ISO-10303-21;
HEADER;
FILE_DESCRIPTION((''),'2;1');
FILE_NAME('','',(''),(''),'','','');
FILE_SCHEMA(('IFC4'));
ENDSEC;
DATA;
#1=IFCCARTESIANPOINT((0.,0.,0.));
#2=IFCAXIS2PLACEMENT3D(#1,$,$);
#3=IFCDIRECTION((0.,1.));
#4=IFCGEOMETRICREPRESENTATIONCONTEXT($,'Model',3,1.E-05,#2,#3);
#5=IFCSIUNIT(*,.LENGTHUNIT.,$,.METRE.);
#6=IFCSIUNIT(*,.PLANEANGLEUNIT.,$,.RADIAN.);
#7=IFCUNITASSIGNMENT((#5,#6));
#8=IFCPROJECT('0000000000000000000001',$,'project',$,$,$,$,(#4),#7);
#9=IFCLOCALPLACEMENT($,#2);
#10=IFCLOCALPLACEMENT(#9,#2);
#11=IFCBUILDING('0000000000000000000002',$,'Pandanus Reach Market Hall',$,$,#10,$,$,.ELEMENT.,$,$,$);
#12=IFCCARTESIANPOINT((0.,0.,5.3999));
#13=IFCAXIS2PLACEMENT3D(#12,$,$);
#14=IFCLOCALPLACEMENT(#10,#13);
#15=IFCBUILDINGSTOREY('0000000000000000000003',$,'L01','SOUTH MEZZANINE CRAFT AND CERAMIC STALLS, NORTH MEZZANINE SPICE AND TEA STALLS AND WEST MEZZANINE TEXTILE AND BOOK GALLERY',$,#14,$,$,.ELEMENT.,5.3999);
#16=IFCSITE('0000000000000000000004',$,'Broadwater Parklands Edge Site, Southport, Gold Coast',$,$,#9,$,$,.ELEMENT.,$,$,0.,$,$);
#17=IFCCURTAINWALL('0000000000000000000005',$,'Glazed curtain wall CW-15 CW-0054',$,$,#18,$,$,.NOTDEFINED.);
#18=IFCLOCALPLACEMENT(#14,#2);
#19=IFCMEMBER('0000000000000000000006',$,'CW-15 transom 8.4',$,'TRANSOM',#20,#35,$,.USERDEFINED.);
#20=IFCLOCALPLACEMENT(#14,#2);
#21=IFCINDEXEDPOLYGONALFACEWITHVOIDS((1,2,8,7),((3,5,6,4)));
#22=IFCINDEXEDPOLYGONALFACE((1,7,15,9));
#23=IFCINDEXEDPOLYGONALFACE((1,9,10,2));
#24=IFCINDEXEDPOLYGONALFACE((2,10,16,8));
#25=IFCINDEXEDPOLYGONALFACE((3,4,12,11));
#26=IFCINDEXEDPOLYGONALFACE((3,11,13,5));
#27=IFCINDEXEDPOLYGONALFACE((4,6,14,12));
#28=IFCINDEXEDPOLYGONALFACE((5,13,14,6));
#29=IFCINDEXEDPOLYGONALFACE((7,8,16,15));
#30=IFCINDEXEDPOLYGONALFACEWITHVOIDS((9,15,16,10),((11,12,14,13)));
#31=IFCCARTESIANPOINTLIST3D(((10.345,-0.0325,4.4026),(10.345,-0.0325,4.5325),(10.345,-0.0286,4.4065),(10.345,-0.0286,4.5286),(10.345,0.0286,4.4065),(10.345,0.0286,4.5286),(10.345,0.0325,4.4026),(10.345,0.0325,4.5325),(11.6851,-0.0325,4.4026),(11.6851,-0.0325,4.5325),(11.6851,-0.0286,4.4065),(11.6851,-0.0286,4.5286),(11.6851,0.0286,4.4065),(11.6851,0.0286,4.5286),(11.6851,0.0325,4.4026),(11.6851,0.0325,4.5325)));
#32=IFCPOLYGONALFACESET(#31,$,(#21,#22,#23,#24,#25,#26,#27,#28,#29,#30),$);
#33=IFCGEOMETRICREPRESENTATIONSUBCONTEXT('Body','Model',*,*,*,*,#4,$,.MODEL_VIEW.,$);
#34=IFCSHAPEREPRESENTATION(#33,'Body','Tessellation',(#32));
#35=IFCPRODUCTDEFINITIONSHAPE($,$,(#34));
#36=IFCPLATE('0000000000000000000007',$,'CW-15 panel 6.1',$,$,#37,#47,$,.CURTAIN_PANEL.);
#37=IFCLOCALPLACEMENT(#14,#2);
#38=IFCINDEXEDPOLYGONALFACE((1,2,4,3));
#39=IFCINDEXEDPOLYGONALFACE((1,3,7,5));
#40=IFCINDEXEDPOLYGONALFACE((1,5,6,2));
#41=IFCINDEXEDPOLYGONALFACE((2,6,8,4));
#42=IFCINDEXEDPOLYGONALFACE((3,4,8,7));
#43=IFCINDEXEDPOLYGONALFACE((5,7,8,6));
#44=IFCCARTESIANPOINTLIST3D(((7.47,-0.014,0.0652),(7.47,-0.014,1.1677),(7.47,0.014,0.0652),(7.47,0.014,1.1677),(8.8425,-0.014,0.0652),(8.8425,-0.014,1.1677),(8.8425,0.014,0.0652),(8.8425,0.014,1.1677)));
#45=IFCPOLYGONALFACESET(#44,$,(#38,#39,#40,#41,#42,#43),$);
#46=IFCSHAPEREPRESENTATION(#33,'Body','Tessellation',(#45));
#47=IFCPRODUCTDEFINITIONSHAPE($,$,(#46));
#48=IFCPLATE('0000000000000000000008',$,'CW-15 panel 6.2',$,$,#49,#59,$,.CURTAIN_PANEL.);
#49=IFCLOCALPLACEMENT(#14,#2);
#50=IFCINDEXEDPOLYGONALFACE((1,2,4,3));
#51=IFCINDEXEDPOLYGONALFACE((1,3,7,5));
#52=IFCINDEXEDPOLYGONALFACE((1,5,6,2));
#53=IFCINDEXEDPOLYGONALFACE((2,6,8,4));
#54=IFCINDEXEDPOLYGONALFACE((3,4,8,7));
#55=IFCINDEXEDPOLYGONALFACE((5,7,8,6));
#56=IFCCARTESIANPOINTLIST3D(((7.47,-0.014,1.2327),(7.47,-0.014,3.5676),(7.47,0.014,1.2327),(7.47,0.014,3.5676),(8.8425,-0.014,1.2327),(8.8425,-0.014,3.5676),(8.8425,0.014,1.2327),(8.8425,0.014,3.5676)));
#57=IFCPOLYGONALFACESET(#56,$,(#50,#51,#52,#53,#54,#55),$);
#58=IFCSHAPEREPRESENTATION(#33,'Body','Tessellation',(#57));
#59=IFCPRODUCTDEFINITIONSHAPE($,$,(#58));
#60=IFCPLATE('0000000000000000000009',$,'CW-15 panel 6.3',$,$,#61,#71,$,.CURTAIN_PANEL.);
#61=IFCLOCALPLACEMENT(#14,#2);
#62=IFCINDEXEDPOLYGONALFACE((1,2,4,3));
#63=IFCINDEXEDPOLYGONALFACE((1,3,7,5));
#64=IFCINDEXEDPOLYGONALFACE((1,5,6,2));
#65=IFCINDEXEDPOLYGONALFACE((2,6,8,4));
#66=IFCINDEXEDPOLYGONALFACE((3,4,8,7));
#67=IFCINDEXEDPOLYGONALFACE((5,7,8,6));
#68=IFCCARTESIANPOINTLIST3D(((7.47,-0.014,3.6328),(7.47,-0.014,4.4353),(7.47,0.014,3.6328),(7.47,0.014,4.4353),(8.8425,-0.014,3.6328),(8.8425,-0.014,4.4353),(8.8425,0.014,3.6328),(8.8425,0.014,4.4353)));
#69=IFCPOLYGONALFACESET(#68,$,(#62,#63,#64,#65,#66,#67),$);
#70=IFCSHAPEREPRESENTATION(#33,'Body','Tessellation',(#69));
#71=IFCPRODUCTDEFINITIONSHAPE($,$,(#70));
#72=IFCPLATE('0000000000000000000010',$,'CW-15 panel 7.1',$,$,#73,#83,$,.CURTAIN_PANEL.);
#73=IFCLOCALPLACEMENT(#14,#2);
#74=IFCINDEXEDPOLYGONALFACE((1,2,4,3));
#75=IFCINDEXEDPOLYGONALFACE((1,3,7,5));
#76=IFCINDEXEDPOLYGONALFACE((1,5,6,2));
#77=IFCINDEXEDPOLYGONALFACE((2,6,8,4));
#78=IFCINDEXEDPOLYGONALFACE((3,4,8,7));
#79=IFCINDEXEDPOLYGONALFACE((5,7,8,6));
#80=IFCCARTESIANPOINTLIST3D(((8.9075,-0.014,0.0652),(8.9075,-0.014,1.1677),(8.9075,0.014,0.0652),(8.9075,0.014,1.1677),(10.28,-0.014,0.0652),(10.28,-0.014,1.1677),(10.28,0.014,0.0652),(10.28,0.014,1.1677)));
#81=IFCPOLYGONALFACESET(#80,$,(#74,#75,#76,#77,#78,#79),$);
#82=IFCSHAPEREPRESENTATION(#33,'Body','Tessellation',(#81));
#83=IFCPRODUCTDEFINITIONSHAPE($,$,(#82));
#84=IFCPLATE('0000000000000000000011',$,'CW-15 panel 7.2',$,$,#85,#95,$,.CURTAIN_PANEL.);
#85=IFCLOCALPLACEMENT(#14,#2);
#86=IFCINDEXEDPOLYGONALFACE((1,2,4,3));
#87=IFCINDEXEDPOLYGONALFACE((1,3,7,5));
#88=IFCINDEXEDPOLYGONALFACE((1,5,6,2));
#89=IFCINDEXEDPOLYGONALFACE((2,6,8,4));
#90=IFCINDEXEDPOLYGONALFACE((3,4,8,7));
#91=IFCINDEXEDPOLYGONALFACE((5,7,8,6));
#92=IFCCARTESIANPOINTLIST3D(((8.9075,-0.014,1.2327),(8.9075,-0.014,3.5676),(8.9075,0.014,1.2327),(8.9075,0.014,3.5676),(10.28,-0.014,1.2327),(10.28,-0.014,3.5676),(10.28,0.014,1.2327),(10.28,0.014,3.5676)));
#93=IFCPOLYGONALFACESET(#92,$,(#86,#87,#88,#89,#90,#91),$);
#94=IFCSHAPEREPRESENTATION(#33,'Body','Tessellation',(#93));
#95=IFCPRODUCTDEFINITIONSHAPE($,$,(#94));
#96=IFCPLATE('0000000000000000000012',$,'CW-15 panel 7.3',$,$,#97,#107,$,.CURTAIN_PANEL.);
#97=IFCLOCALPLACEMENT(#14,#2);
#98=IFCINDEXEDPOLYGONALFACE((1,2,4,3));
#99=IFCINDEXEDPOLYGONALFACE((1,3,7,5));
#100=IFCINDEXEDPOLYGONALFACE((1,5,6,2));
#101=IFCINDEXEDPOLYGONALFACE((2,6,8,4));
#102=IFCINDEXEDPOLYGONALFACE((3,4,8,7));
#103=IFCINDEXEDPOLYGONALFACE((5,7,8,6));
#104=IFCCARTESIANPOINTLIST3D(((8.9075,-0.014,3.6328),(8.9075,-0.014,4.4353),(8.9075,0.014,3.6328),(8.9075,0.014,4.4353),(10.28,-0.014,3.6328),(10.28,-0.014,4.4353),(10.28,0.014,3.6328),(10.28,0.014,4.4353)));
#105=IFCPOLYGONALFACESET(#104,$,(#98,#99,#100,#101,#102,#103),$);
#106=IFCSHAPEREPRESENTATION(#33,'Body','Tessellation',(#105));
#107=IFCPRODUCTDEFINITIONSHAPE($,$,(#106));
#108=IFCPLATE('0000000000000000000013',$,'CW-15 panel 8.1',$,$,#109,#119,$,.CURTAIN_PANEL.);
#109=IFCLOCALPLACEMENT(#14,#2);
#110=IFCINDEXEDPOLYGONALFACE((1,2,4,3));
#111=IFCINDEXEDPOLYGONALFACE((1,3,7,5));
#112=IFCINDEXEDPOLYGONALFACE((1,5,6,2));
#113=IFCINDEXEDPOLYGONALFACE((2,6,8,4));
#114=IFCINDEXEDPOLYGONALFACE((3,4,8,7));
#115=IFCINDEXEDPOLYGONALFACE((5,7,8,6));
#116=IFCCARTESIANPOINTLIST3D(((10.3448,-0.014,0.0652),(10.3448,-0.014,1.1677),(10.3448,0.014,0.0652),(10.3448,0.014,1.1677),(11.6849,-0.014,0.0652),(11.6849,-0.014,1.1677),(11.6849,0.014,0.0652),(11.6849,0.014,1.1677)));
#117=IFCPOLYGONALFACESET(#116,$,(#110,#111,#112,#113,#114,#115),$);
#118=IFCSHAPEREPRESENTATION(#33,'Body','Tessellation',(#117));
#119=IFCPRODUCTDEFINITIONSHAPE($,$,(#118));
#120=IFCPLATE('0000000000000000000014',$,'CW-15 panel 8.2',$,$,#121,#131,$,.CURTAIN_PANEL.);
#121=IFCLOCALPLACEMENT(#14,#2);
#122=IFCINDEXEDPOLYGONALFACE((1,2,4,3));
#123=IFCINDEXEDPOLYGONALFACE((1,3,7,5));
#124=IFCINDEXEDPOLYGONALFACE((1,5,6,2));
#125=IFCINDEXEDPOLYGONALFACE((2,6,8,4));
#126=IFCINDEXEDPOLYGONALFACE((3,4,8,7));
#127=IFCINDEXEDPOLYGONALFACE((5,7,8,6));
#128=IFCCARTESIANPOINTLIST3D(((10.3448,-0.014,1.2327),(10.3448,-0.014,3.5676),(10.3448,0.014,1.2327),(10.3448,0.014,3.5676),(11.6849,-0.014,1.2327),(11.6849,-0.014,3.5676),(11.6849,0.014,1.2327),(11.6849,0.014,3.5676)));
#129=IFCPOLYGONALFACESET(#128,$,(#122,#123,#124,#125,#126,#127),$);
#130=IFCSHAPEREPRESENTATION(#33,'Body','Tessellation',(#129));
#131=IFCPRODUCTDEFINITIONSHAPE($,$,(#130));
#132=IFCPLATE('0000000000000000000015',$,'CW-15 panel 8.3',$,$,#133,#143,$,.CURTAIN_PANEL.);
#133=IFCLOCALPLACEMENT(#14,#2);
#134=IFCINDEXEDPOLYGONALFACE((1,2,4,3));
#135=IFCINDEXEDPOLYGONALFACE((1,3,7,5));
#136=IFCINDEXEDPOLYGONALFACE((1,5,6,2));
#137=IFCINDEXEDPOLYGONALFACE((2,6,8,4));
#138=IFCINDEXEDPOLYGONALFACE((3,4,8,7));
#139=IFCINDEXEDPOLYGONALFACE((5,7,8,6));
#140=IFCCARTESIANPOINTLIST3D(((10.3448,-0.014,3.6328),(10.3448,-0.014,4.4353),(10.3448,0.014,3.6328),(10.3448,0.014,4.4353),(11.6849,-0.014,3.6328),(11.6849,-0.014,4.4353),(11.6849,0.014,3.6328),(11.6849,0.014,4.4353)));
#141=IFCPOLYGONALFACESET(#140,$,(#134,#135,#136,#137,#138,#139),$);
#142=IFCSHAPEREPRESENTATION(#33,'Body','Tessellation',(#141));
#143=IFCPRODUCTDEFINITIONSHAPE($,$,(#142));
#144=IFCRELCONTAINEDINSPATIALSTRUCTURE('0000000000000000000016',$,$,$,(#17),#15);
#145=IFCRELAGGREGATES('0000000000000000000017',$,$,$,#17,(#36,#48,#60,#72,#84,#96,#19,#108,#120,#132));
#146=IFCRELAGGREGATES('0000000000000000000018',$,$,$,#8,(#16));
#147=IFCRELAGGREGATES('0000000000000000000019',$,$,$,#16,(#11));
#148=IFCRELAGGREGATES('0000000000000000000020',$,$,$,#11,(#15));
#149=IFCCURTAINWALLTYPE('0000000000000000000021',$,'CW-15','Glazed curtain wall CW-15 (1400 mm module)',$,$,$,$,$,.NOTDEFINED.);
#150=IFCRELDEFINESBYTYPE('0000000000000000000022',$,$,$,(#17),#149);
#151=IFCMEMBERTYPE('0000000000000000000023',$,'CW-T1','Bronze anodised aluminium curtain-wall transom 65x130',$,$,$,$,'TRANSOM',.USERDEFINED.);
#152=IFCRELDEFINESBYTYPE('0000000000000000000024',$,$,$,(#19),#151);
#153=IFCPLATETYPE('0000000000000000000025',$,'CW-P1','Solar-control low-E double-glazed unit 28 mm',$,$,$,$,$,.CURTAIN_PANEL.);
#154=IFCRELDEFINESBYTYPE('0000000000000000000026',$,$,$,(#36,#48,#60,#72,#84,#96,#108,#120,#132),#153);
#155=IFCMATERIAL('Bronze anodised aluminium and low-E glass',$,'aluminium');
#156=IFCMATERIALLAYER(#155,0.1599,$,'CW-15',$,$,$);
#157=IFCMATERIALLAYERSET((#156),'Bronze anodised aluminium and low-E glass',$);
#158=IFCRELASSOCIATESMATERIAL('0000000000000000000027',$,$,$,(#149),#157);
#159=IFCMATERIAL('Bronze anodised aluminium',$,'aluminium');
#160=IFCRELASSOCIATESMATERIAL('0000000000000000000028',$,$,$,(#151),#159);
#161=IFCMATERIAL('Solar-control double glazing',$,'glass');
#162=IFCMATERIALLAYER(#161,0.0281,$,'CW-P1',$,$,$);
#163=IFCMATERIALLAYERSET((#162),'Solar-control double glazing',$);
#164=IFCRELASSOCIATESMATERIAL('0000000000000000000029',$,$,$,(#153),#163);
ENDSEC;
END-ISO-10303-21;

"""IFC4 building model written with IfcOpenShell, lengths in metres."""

from ifc_helpers import new_model, si_unit, direction, frame, origin, origin_2d, place, context, subcontext, project, spatial, rectangle, hollow_rectangle, extrude, material, layer, layer_set, material_profile, profile_set, type_object, element, aggregate, save


model = new_model("IFC4")

# Units and contexts
model_context = context("Model", 3, precision=1e-05, world=origin(), true_north=direction((0.0, 1.0)))
body_context = subcontext(model_context, "Body", "Model", "MODEL_VIEW")
ifc_project = project(units=[si_unit("LENGTHUNIT", "METRE"), si_unit("PLANEANGLEUNIT", "RADIAN")], contexts=[model_context])

# Site, building, storey
site_placement = place(None, origin())
site = spatial("IfcSite", under=ifc_project, at=site_placement, Name="Broadwater Parklands Edge Site, Southport, Gold Coast", CompositionType="ELEMENT", RefElevation=0.0)
building_placement = place(site_placement, origin())
building = spatial("IfcBuilding", under=site, at=building_placement, Name="Pandanus Reach Market Hall", CompositionType="ELEMENT")
storey_placement = place(building_placement, frame((0.0, 0.0, 5.3999)))
storey = spatial("IfcBuildingStorey", under=building, at=storey_placement, Name="L01", Description="SOUTH MEZZANINE CRAFT AND CERAMIC STALLS, NORTH MEZZANINE SPICE AND TEA STALLS AND WEST MEZZANINE TEXTILE AND BOOK GALLERY", CompositionType="ELEMENT", Elevation=5.3999)

# Curtain wall, member, plates
ifc_material_1 = material(Name="Bronze anodised aluminium and low-E glass", Category="aluminium")
ifc_layer_1 = layer(ifc_material_1, 0.1599, Name="CW-15")
ifc_layer_set_1 = layer_set([ifc_layer_1], Name="Bronze anodised aluminium and low-E glass")
curtain_wall_type = type_object("IfcCurtainWallType", Name="CW-15", Description="Glazed curtain wall CW-15 (1400 mm module)", PredefinedType="NOTDEFINED", material=ifc_layer_set_1)
curtain_wall_placement = place(storey_placement, origin())
curtain_wall = element("IfcCurtainWall", 1, at=curtain_wall_placement, inside=storey, type_object=curtain_wall_type, Name="Glazed curtain wall CW-15 CW-0054", PredefinedType="NOTDEFINED")
ifc_material_2 = material(Name="Bronze anodised aluminium", Category="aluminium")
ifc_material_profile_1 = material_profile(ifc_material_2, hollow_rectangle(XDim=0.0649, YDim=0.1299, WallThickness=0.0039, at=origin_2d()), Name="ALU65x130", Category="LoadBearing")
ifc_profile_set_1 = profile_set([ifc_material_profile_1], Name="Bronze anodised aluminium")
member_type_1 = type_object("IfcMemberType", Name="CW-T1", Description="Bronze anodised aluminium curtain-wall transom 65x130", ElementType="TRANSOM", PredefinedType="USERDEFINED", material=ifc_profile_set_1)
member_1_placement = place(storey_placement, frame((10.345, 0.0, 4.4675), z_axis=(1.0, 0.0, 0.0), x_axis=(0.0, 1.0, 0.0)))
member_1 = element("IfcMember", 2, at=member_1_placement, type_object=member_type_1, Name="CW-15 transom 8.4", ObjectType="TRANSOM", PredefinedType="USERDEFINED", context=body_context, shape_type="SweptSolid", body=[
    extrude(hollow_rectangle(XDim=0.0649, YDim=0.1299, WallThickness=0.0039, at=origin_2d()), origin(), (0.0, 0.0, 1.0), 1.3401),
])
ifc_material_3 = material(Name="Solar-control double glazing", Category="glass")
ifc_layer_2 = layer(ifc_material_3, 0.0281, Name="CW-P1")
ifc_layer_set_2 = layer_set([ifc_layer_2], Name="Solar-control double glazing")
plate_type = type_object("IfcPlateType", Name="CW-P1", Description="Solar-control low-E double-glazed unit 28 mm", PredefinedType="CURTAIN_PANEL", material=ifc_layer_set_2)
plate_1_placement = place(storey_placement, frame((8.1562, 0.0, 0.0652), z_axis=(0.0, 0.0, 1.0), x_axis=(1.0, 0.0, 0.0)))
plate_1 = element("IfcPlate", 3, at=plate_1_placement, type_object=plate_type, Name="CW-15 panel 6.1", PredefinedType="CURTAIN_PANEL", context=body_context, shape_type="SweptSolid", body=[
    extrude(rectangle(XDim=1.3726, YDim=0.0281, at=origin_2d()), origin(), (0.0, 0.0, 1.0), 1.1025),
])
plate_2_placement = place(storey_placement, frame((8.1562, 0.0, 1.2327), z_axis=(0.0, 0.0, 1.0), x_axis=(1.0, 0.0, 0.0)))
plate_2 = element("IfcPlate", 4, at=plate_2_placement, type_object=plate_type, Name="CW-15 panel 6.2", PredefinedType="CURTAIN_PANEL", context=body_context, shape_type="SweptSolid", body=[
    extrude(rectangle(XDim=1.3726, YDim=0.0281, at=origin_2d()), origin(), (0.0, 0.0, 1.0), 2.335),
])
plate_3_placement = place(storey_placement, frame((8.1562, 0.0, 3.6328), z_axis=(0.0, 0.0, 1.0), x_axis=(1.0, 0.0, 0.0)))
plate_3 = element("IfcPlate", 5, at=plate_3_placement, type_object=plate_type, Name="CW-15 panel 6.3", PredefinedType="CURTAIN_PANEL", context=body_context, shape_type="SweptSolid", body=[
    extrude(rectangle(XDim=1.3726, YDim=0.0281, at=origin_2d()), origin(), (0.0, 0.0, 1.0), 0.8025),
])
plate_4_placement = place(storey_placement, frame((9.5938, 0.0, 0.0652), z_axis=(0.0, 0.0, 1.0), x_axis=(1.0, 0.0, 0.0)))
plate_4 = element("IfcPlate", 6, at=plate_4_placement, type_object=plate_type, Name="CW-15 panel 7.1", PredefinedType="CURTAIN_PANEL", context=body_context, shape_type="SweptSolid", body=[
    extrude(rectangle(XDim=1.3726, YDim=0.0281, at=origin_2d()), origin(), (0.0, 0.0, 1.0), 1.1025),
])
plate_5_placement = place(storey_placement, frame((9.5938, 0.0, 1.2327), z_axis=(0.0, 0.0, 1.0), x_axis=(1.0, 0.0, 0.0)))
plate_5 = element("IfcPlate", 7, at=plate_5_placement, type_object=plate_type, Name="CW-15 panel 7.2", PredefinedType="CURTAIN_PANEL", context=body_context, shape_type="SweptSolid", body=[
    extrude(rectangle(XDim=1.3726, YDim=0.0281, at=origin_2d()), origin(), (0.0, 0.0, 1.0), 2.335),
])
plate_6_placement = place(storey_placement, frame((9.5938, 0.0, 3.6328), z_axis=(0.0, 0.0, 1.0), x_axis=(1.0, 0.0, 0.0)))
plate_6 = element("IfcPlate", 8, at=plate_6_placement, type_object=plate_type, Name="CW-15 panel 7.3", PredefinedType="CURTAIN_PANEL", context=body_context, shape_type="SweptSolid", body=[
    extrude(rectangle(XDim=1.3726, YDim=0.0281, at=origin_2d()), origin(), (0.0, 0.0, 1.0), 0.8025),
])
plate_7_placement = place(storey_placement, frame((11.0149, 0.0, 0.0652), z_axis=(0.0, 0.0, 1.0), x_axis=(1.0, 0.0, 0.0)))
plate_7 = element("IfcPlate", 9, at=plate_7_placement, type_object=plate_type, Name="CW-15 panel 8.1", PredefinedType="CURTAIN_PANEL", context=body_context, shape_type="SweptSolid", body=[
    extrude(rectangle(XDim=1.3401, YDim=0.0281, at=origin_2d()), origin(), (0.0, 0.0, 1.0), 1.1025),
])
plate_8_placement = place(storey_placement, frame((11.0149, 0.0, 1.2327), z_axis=(0.0, 0.0, 1.0), x_axis=(1.0, 0.0, 0.0)))
plate_8 = element("IfcPlate", 10, at=plate_8_placement, type_object=plate_type, Name="CW-15 panel 8.2", PredefinedType="CURTAIN_PANEL", context=body_context, shape_type="SweptSolid", body=[
    extrude(rectangle(XDim=1.3401, YDim=0.0281, at=origin_2d()), origin(), (0.0, 0.0, 1.0), 2.335),
])
plate_9_placement = place(storey_placement, frame((11.0149, 0.0, 3.6328), z_axis=(0.0, 0.0, 1.0), x_axis=(1.0, 0.0, 0.0)))
plate_9 = element("IfcPlate", 11, at=plate_9_placement, type_object=plate_type, Name="CW-15 panel 8.3", PredefinedType="CURTAIN_PANEL", context=body_context, shape_type="SweptSolid", body=[
    extrude(rectangle(XDim=1.3401, YDim=0.0281, at=origin_2d()), origin(), (0.0, 0.0, 1.0), 0.8025),
])
aggregate(curtain_wall, [plate_1, plate_2, plate_3, plate_4, plate_5, plate_6, member_1, plate_7, plate_8, plate_9])

save(model, "model.ifc")
